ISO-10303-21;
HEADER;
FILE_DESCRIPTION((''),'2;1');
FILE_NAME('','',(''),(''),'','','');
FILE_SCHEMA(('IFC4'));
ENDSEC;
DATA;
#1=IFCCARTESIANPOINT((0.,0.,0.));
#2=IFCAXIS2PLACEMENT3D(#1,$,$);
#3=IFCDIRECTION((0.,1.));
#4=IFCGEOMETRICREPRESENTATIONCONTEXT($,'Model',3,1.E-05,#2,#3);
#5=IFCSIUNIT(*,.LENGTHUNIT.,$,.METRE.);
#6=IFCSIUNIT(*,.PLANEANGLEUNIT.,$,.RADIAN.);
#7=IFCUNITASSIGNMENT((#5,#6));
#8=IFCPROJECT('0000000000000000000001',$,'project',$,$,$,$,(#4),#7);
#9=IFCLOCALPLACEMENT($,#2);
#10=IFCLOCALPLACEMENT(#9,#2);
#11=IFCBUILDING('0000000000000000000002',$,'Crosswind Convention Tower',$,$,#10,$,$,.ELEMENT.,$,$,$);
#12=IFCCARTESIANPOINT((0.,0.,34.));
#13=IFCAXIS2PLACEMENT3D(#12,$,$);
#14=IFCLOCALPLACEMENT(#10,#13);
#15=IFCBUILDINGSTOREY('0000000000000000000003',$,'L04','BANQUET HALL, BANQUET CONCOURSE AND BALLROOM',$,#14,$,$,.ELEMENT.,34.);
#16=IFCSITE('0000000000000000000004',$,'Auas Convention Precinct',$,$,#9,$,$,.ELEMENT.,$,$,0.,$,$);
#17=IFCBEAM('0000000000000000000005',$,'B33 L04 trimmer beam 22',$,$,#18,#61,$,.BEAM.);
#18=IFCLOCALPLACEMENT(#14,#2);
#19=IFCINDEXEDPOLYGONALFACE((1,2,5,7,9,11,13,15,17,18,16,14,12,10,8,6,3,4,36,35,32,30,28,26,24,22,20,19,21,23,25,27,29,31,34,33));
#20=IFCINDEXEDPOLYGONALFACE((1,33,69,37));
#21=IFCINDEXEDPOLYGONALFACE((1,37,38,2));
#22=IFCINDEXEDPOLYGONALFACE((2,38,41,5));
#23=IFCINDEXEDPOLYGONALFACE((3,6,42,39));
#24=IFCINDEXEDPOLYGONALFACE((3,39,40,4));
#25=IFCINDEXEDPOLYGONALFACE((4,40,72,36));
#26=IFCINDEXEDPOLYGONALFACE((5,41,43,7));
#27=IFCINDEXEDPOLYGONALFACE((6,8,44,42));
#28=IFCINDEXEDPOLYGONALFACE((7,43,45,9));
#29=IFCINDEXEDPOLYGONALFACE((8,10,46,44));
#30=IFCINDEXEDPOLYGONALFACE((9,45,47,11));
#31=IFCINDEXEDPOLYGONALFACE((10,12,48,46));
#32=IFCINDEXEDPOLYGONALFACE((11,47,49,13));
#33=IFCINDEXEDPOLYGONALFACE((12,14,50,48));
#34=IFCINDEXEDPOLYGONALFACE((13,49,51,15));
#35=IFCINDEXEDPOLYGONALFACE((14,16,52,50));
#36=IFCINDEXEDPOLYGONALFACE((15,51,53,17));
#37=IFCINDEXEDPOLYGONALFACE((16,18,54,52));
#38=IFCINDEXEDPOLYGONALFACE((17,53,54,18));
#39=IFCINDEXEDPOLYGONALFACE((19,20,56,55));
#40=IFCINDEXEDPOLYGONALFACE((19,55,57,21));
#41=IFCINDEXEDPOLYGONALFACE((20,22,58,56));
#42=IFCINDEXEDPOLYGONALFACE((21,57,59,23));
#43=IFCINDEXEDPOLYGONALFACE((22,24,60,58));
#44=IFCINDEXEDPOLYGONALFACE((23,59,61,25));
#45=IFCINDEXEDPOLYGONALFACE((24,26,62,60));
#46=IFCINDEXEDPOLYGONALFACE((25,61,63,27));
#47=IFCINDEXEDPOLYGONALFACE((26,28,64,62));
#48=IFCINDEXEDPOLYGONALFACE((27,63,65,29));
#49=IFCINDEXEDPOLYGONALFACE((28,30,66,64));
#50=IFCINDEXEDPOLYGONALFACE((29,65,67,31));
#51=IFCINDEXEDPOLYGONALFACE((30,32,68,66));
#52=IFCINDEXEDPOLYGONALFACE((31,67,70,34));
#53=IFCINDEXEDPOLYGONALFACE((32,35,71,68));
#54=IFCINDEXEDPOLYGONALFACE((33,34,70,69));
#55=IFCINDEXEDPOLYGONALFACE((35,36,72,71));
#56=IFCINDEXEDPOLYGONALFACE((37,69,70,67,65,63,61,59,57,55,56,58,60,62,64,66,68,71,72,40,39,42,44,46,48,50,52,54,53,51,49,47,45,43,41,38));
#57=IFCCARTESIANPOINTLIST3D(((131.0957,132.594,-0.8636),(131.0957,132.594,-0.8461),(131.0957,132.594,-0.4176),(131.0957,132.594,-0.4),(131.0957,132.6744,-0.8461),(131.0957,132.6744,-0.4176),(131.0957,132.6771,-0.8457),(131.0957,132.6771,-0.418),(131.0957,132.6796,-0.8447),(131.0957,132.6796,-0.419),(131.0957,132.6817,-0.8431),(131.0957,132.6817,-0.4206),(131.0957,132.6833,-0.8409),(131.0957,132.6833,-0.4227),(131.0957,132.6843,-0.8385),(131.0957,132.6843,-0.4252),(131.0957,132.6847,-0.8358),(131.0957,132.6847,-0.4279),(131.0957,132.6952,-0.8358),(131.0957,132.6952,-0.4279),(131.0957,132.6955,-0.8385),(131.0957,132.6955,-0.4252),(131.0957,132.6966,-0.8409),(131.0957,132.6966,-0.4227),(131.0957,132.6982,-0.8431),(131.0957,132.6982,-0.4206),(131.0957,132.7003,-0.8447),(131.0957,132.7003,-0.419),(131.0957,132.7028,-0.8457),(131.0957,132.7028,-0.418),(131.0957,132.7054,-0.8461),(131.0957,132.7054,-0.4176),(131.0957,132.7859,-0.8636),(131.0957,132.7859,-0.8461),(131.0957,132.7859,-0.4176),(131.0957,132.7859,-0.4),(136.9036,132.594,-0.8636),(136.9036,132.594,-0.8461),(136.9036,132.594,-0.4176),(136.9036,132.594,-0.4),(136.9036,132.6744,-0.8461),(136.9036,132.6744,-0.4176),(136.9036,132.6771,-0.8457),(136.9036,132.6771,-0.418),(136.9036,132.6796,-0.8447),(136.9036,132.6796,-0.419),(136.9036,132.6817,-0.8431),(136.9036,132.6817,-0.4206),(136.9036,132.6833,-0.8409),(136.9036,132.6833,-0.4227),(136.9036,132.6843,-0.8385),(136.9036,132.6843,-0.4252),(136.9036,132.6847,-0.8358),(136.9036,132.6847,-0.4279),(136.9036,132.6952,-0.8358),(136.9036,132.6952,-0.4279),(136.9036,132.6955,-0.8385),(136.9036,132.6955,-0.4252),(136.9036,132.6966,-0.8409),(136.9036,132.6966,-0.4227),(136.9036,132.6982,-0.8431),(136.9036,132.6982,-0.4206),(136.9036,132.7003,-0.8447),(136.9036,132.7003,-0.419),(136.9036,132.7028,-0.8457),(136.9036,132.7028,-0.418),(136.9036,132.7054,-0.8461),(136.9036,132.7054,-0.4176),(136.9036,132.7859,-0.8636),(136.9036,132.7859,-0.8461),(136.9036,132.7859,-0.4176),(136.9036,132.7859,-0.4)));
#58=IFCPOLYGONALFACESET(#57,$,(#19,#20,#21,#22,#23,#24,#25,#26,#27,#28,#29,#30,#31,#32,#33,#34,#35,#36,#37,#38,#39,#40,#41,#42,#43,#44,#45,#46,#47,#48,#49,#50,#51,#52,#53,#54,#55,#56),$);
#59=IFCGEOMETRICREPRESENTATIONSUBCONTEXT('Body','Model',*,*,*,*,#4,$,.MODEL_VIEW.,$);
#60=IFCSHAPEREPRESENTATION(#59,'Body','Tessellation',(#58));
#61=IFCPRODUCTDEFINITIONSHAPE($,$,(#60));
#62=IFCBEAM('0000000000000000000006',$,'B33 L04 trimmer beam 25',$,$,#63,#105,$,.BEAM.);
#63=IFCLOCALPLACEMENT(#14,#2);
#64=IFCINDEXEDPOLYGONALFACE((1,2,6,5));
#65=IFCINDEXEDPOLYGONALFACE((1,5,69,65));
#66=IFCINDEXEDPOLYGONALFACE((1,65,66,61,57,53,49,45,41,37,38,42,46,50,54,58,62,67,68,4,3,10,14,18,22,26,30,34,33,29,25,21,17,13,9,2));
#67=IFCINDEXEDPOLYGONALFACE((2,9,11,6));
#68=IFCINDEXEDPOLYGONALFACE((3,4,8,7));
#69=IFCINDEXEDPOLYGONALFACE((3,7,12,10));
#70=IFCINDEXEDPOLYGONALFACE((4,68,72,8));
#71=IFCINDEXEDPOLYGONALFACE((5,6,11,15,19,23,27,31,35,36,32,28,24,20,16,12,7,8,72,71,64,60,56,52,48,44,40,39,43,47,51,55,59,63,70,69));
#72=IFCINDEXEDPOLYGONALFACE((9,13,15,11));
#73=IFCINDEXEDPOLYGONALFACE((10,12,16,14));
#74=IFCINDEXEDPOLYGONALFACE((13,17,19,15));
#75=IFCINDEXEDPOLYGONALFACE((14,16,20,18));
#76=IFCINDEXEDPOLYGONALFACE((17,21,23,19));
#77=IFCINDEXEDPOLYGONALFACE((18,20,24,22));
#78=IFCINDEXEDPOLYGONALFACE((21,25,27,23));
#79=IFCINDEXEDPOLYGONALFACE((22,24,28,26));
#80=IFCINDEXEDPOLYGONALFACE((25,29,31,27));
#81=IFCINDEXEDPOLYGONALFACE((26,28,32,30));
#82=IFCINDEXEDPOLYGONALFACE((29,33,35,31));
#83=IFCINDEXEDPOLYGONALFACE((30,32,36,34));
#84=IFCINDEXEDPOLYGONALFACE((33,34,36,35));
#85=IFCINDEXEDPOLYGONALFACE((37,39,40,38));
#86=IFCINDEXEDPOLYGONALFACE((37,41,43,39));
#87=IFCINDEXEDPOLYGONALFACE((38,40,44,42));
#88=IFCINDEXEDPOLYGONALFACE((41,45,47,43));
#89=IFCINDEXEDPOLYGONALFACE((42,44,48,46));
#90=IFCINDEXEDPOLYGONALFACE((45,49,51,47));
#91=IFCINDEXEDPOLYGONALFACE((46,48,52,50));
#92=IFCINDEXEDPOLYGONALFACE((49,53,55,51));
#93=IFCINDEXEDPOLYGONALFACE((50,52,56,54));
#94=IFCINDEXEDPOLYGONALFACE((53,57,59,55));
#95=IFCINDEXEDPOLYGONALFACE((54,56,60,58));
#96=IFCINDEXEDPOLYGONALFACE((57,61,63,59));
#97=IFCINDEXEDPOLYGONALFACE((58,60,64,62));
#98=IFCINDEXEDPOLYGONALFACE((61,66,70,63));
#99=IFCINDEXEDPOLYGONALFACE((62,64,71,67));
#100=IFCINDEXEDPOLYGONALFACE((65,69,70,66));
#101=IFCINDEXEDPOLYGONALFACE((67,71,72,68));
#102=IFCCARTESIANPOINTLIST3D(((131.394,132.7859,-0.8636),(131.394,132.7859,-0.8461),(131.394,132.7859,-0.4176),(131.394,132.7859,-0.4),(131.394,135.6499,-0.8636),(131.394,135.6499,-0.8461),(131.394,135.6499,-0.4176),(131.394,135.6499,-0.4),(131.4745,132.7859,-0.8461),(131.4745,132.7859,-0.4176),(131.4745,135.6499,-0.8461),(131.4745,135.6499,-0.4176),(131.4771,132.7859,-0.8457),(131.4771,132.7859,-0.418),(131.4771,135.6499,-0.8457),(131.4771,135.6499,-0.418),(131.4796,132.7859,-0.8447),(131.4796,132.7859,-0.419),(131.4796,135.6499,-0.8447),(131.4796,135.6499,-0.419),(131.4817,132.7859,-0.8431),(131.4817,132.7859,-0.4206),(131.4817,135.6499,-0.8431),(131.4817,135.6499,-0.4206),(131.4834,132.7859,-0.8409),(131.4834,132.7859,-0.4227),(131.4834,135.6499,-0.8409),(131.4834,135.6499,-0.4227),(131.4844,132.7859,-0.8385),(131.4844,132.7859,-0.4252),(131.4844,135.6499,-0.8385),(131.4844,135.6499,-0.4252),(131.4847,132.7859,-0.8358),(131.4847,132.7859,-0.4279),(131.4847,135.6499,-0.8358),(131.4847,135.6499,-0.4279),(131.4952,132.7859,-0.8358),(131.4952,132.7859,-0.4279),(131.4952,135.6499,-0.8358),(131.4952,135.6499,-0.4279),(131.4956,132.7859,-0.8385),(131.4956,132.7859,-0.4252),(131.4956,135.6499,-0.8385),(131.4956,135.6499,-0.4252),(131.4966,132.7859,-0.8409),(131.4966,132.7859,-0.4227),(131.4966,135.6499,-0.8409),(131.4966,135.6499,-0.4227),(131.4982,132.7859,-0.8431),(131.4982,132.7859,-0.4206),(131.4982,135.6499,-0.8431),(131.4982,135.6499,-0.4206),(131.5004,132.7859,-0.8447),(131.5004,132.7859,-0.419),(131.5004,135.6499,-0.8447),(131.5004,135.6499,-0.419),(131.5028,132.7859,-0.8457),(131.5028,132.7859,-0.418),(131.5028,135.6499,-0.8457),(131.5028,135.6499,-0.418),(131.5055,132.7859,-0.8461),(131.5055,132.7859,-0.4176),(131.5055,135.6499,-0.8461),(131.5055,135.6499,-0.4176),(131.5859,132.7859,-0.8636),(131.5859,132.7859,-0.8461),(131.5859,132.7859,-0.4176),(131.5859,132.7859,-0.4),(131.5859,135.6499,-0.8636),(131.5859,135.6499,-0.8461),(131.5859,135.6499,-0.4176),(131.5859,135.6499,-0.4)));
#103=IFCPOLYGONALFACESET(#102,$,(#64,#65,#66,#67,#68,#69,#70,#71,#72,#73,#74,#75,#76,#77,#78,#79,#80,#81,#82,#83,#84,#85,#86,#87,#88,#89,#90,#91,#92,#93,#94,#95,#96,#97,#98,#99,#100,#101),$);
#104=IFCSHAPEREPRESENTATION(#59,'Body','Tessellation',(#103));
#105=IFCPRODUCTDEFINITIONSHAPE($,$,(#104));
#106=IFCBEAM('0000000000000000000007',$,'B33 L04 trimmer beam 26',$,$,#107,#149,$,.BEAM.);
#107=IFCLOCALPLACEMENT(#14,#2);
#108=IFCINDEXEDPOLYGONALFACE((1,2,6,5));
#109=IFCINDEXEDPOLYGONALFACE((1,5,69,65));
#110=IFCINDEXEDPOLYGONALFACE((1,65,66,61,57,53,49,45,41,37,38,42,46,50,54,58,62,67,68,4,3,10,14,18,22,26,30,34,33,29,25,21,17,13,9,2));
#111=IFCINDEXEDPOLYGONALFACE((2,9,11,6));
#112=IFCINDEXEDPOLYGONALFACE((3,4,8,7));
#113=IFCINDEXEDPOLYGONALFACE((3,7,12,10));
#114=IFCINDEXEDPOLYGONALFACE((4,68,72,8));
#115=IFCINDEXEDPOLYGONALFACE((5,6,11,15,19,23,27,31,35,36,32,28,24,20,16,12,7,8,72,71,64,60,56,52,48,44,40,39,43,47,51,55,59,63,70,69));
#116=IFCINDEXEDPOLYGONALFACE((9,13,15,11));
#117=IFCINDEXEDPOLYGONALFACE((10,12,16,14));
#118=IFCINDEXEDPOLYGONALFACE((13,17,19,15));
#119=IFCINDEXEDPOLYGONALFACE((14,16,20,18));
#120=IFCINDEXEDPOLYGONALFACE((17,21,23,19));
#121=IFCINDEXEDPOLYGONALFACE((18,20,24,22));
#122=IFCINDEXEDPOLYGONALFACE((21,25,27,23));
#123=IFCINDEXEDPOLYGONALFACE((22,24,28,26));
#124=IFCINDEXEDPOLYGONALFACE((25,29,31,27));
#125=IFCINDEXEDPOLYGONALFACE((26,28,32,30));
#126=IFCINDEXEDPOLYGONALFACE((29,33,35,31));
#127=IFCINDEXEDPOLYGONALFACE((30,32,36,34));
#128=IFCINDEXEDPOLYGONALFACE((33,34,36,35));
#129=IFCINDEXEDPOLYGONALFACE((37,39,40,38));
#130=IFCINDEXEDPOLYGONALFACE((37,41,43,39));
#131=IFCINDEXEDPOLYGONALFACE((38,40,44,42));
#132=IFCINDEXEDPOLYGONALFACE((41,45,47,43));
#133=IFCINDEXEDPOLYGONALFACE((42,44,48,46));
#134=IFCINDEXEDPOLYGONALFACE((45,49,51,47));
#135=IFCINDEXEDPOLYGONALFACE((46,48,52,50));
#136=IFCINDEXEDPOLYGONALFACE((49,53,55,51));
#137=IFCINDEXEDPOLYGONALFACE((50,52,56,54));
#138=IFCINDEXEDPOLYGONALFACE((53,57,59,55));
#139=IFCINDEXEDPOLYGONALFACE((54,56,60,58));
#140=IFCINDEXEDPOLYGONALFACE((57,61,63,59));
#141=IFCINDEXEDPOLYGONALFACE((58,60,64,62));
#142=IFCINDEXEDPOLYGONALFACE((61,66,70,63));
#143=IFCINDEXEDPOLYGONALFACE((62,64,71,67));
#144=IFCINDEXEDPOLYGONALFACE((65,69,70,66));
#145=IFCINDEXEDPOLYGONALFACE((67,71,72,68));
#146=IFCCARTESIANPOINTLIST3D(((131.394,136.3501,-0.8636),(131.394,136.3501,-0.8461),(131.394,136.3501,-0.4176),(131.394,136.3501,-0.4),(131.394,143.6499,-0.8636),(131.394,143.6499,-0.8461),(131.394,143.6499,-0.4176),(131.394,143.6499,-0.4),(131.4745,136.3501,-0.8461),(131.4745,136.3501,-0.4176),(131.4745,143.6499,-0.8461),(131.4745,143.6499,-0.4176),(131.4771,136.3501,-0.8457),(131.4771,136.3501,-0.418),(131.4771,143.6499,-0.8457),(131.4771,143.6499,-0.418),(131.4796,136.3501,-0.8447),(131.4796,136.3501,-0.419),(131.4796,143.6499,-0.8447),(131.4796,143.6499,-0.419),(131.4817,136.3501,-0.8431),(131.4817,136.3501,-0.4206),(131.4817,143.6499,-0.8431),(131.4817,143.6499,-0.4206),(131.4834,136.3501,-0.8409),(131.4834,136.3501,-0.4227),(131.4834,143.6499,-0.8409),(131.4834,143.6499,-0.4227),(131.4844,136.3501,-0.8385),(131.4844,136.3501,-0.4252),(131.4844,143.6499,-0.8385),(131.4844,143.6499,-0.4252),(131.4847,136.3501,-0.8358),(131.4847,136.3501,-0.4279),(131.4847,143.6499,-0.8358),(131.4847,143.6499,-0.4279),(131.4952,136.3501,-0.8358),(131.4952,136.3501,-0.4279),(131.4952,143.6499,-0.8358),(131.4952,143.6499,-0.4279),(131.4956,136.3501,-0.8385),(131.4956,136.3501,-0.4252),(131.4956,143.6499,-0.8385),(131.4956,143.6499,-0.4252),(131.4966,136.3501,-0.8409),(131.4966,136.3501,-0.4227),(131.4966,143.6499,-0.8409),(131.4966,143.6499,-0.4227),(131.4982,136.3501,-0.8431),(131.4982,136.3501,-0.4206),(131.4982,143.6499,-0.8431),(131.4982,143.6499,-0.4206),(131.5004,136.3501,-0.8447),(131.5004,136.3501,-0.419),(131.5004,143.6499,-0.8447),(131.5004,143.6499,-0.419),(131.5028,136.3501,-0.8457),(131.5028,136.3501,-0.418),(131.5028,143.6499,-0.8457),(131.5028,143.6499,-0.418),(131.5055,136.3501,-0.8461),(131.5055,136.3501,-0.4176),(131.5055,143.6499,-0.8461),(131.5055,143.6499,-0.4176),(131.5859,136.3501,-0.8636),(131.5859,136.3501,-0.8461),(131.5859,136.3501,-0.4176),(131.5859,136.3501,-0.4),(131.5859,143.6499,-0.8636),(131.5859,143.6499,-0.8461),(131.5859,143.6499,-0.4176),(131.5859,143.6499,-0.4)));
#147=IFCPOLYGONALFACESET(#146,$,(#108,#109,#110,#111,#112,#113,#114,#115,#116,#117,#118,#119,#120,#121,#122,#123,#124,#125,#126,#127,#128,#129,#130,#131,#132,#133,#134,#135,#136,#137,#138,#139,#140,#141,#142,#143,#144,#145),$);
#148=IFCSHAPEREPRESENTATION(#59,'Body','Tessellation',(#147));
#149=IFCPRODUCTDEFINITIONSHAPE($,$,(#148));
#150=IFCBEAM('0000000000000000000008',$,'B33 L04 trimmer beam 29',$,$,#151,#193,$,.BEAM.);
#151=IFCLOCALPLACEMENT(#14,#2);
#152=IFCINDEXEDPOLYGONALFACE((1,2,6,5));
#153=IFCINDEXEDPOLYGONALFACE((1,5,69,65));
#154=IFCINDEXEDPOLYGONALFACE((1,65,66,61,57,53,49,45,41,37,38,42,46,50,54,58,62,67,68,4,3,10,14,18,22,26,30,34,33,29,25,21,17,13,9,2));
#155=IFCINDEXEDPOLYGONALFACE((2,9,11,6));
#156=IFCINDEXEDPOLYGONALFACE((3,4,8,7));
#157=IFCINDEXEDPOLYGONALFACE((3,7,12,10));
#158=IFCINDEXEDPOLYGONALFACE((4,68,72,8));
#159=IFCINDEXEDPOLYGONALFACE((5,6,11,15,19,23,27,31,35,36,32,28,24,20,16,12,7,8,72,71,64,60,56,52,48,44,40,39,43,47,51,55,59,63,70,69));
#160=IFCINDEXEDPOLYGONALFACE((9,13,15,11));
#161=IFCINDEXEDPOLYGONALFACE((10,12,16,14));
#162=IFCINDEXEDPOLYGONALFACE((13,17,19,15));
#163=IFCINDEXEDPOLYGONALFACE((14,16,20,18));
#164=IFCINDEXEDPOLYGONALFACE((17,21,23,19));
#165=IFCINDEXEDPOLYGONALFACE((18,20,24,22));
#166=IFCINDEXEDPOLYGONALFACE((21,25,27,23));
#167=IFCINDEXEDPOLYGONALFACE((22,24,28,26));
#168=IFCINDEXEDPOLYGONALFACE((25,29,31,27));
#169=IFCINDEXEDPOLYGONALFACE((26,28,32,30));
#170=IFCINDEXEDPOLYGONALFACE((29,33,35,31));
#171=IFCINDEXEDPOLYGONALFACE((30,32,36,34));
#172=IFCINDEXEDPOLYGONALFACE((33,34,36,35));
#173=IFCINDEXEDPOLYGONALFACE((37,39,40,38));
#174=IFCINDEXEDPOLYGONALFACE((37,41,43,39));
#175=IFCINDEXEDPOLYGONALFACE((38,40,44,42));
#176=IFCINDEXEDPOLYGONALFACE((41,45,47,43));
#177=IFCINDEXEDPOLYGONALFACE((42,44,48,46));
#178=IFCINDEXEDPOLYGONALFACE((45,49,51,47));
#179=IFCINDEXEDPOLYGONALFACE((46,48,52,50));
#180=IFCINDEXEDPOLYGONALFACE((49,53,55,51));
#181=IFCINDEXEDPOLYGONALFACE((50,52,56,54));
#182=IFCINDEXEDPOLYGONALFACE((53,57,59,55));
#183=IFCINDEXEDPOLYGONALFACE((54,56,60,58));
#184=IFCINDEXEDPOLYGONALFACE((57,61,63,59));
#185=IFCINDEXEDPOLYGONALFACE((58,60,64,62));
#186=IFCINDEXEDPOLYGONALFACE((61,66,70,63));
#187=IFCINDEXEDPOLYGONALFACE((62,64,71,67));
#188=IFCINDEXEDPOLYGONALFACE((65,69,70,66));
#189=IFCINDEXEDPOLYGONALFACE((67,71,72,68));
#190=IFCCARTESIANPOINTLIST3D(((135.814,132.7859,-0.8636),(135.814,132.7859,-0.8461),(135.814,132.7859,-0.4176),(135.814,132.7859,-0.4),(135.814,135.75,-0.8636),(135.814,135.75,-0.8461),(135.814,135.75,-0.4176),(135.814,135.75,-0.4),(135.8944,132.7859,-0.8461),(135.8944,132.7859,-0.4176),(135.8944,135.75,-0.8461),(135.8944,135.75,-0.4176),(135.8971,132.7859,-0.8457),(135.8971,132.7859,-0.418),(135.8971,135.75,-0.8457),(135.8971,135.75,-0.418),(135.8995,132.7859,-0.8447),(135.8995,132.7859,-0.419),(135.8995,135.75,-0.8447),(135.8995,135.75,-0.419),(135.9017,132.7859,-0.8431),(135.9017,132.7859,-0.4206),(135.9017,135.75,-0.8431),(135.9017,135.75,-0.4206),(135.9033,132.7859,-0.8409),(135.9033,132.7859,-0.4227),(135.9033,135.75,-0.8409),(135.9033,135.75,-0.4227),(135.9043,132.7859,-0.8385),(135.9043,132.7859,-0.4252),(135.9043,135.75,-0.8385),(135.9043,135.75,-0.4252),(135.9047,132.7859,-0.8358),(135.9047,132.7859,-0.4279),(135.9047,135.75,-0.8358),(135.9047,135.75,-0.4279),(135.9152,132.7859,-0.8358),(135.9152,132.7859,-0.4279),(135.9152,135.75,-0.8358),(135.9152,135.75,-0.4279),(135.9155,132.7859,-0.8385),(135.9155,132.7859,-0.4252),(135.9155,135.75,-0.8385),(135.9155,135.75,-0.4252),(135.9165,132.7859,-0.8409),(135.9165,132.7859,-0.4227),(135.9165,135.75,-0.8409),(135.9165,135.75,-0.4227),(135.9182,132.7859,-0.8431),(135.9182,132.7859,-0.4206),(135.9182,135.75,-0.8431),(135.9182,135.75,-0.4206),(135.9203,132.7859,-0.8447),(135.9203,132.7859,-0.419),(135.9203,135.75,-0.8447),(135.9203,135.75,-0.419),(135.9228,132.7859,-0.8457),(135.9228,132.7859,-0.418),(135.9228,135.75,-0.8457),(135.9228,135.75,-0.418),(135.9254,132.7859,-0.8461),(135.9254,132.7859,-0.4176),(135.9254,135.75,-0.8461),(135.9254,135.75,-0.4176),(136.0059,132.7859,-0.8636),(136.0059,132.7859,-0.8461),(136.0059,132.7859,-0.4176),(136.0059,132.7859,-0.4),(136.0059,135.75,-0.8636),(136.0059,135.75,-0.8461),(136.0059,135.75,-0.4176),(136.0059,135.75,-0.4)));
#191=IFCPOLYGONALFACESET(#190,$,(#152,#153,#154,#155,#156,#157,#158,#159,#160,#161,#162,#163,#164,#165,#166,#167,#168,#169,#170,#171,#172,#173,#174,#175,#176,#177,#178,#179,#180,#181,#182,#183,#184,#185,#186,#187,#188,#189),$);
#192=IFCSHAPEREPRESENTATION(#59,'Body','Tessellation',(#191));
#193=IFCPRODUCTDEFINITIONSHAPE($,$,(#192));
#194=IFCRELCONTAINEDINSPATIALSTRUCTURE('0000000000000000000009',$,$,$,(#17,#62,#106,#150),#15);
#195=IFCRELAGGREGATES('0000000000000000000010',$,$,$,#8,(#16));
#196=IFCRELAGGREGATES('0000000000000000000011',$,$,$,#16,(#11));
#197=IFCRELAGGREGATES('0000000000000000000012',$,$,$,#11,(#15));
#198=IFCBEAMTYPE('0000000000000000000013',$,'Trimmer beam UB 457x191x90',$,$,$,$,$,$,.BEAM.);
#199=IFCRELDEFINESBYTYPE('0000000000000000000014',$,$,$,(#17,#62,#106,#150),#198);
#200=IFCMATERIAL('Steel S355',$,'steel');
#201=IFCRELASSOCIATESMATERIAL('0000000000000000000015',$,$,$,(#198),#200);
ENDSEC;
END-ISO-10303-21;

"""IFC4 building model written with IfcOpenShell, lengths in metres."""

from ifc_helpers import new_model, si_unit, direction, frame, origin, origin_2d, place, context, subcontext, project, spatial, i_section, extrude, material, material_profile, profile_set, type_object, element, save


model = new_model("IFC4")

# Units and contexts
model_context = context("Model", 3, precision=1e-05, world=origin(), true_north=direction((0.0, 1.0)))
body_context = subcontext(model_context, "Body", "Model", "MODEL_VIEW")
ifc_project = project(units=[si_unit("LENGTHUNIT", "METRE"), si_unit("PLANEANGLEUNIT", "RADIAN")], contexts=[model_context])

# Site, building, storey
site_placement = place(None, origin())
site = spatial("IfcSite", under=ifc_project, at=site_placement, Name="Auas Convention Precinct", CompositionType="ELEMENT", RefElevation=0.0)
building_placement = place(site_placement, origin())
building = spatial("IfcBuilding", under=site, at=building_placement, Name="Crosswind Convention Tower", CompositionType="ELEMENT")
storey_placement = place(building_placement, frame((0.0, 0.0, 34.0)))
storey = spatial("IfcBuildingStorey", under=building, at=storey_placement, Name="L04", Description="BANQUET HALL, BANQUET CONCOURSE AND BALLROOM", CompositionType="ELEMENT", Elevation=34.0)

# Shared definitions
ifc_material_1 = material(Name="Steel S355", Category="steel")

# Beams
ifc_material_profile_1 = material_profile(ifc_material_1, i_section(OverallWidth=0.1919, OverallDepth=0.4636, WebThickness=0.0105, FlangeThickness=0.0176, FilletRadius=0.0103, at=origin_2d()), Name="UB 457x191x90")
ifc_profile_set_1 = profile_set([ifc_material_profile_1], Name="Steel S355")
beam_type_1 = type_object("IfcBeamType", Name="Trimmer beam UB 457x191x90", PredefinedType="BEAM", material=ifc_profile_set_1)
beam_1_placement = place(storey_placement, frame((131.0957, 132.6899, -0.6318), z_axis=(1.0, 0.0, 0.0), x_axis=(0.0, 1.0, 0.0)))
element("IfcBeam", 1, at=beam_1_placement, inside=storey, type_object=beam_type_1, Name="B33 L04 trimmer beam 22", PredefinedType="BEAM", context=body_context, shape_type="SweptSolid", body=[
    extrude(i_section(OverallWidth=0.1919, OverallDepth=0.4636, WebThickness=0.0105, FlangeThickness=0.0176, FilletRadius=0.0103, at=origin_2d()), origin(), (0.0, 0.0, 1.0), 5.8079),
])
beam_2_placement = place(storey_placement, frame((131.49, 132.7859, -0.6318), z_axis=(0.0, 1.0, 0.0), x_axis=(-1.0, 0.0, 0.0)))
element("IfcBeam", 2, at=beam_2_placement, inside=storey, type_object=beam_type_1, Name="B33 L04 trimmer beam 25", PredefinedType="BEAM", context=body_context, shape_type="SweptSolid", body=[
    extrude(i_section(OverallWidth=0.1919, OverallDepth=0.4636, WebThickness=0.0105, FlangeThickness=0.0176, FilletRadius=0.0103, at=origin_2d()), origin(), (0.0, 0.0, 1.0), 2.864),
])
beam_3_placement = place(storey_placement, frame((131.49, 136.3501, -0.6318), z_axis=(0.0, 1.0, 0.0), x_axis=(-1.0, 0.0, 0.0)))
element("IfcBeam", 3, at=beam_3_placement, inside=storey, type_object=beam_type_1, Name="B33 L04 trimmer beam 26", PredefinedType="BEAM", context=body_context, shape_type="SweptSolid", body=[
    extrude(i_section(OverallWidth=0.1919, OverallDepth=0.4636, WebThickness=0.0105, FlangeThickness=0.0176, FilletRadius=0.0103, at=origin_2d()), origin(), (0.0, 0.0, 1.0), 7.2998),
])
beam_4_placement = place(storey_placement, frame((135.9099, 132.7859, -0.6318), z_axis=(0.0, 1.0, 0.0), x_axis=(-1.0, 0.0, 0.0)))
element("IfcBeam", 4, at=beam_4_placement, inside=storey, type_object=beam_type_1, Name="B33 L04 trimmer beam 29", PredefinedType="BEAM", context=body_context, shape_type="SweptSolid", body=[
    extrude(i_section(OverallWidth=0.1919, OverallDepth=0.4636, WebThickness=0.0105, FlangeThickness=0.0176, FilletRadius=0.0103, at=origin_2d()), origin(), (0.0, 0.0, 1.0), 2.9641),
])

save(model, "model.ifc")
